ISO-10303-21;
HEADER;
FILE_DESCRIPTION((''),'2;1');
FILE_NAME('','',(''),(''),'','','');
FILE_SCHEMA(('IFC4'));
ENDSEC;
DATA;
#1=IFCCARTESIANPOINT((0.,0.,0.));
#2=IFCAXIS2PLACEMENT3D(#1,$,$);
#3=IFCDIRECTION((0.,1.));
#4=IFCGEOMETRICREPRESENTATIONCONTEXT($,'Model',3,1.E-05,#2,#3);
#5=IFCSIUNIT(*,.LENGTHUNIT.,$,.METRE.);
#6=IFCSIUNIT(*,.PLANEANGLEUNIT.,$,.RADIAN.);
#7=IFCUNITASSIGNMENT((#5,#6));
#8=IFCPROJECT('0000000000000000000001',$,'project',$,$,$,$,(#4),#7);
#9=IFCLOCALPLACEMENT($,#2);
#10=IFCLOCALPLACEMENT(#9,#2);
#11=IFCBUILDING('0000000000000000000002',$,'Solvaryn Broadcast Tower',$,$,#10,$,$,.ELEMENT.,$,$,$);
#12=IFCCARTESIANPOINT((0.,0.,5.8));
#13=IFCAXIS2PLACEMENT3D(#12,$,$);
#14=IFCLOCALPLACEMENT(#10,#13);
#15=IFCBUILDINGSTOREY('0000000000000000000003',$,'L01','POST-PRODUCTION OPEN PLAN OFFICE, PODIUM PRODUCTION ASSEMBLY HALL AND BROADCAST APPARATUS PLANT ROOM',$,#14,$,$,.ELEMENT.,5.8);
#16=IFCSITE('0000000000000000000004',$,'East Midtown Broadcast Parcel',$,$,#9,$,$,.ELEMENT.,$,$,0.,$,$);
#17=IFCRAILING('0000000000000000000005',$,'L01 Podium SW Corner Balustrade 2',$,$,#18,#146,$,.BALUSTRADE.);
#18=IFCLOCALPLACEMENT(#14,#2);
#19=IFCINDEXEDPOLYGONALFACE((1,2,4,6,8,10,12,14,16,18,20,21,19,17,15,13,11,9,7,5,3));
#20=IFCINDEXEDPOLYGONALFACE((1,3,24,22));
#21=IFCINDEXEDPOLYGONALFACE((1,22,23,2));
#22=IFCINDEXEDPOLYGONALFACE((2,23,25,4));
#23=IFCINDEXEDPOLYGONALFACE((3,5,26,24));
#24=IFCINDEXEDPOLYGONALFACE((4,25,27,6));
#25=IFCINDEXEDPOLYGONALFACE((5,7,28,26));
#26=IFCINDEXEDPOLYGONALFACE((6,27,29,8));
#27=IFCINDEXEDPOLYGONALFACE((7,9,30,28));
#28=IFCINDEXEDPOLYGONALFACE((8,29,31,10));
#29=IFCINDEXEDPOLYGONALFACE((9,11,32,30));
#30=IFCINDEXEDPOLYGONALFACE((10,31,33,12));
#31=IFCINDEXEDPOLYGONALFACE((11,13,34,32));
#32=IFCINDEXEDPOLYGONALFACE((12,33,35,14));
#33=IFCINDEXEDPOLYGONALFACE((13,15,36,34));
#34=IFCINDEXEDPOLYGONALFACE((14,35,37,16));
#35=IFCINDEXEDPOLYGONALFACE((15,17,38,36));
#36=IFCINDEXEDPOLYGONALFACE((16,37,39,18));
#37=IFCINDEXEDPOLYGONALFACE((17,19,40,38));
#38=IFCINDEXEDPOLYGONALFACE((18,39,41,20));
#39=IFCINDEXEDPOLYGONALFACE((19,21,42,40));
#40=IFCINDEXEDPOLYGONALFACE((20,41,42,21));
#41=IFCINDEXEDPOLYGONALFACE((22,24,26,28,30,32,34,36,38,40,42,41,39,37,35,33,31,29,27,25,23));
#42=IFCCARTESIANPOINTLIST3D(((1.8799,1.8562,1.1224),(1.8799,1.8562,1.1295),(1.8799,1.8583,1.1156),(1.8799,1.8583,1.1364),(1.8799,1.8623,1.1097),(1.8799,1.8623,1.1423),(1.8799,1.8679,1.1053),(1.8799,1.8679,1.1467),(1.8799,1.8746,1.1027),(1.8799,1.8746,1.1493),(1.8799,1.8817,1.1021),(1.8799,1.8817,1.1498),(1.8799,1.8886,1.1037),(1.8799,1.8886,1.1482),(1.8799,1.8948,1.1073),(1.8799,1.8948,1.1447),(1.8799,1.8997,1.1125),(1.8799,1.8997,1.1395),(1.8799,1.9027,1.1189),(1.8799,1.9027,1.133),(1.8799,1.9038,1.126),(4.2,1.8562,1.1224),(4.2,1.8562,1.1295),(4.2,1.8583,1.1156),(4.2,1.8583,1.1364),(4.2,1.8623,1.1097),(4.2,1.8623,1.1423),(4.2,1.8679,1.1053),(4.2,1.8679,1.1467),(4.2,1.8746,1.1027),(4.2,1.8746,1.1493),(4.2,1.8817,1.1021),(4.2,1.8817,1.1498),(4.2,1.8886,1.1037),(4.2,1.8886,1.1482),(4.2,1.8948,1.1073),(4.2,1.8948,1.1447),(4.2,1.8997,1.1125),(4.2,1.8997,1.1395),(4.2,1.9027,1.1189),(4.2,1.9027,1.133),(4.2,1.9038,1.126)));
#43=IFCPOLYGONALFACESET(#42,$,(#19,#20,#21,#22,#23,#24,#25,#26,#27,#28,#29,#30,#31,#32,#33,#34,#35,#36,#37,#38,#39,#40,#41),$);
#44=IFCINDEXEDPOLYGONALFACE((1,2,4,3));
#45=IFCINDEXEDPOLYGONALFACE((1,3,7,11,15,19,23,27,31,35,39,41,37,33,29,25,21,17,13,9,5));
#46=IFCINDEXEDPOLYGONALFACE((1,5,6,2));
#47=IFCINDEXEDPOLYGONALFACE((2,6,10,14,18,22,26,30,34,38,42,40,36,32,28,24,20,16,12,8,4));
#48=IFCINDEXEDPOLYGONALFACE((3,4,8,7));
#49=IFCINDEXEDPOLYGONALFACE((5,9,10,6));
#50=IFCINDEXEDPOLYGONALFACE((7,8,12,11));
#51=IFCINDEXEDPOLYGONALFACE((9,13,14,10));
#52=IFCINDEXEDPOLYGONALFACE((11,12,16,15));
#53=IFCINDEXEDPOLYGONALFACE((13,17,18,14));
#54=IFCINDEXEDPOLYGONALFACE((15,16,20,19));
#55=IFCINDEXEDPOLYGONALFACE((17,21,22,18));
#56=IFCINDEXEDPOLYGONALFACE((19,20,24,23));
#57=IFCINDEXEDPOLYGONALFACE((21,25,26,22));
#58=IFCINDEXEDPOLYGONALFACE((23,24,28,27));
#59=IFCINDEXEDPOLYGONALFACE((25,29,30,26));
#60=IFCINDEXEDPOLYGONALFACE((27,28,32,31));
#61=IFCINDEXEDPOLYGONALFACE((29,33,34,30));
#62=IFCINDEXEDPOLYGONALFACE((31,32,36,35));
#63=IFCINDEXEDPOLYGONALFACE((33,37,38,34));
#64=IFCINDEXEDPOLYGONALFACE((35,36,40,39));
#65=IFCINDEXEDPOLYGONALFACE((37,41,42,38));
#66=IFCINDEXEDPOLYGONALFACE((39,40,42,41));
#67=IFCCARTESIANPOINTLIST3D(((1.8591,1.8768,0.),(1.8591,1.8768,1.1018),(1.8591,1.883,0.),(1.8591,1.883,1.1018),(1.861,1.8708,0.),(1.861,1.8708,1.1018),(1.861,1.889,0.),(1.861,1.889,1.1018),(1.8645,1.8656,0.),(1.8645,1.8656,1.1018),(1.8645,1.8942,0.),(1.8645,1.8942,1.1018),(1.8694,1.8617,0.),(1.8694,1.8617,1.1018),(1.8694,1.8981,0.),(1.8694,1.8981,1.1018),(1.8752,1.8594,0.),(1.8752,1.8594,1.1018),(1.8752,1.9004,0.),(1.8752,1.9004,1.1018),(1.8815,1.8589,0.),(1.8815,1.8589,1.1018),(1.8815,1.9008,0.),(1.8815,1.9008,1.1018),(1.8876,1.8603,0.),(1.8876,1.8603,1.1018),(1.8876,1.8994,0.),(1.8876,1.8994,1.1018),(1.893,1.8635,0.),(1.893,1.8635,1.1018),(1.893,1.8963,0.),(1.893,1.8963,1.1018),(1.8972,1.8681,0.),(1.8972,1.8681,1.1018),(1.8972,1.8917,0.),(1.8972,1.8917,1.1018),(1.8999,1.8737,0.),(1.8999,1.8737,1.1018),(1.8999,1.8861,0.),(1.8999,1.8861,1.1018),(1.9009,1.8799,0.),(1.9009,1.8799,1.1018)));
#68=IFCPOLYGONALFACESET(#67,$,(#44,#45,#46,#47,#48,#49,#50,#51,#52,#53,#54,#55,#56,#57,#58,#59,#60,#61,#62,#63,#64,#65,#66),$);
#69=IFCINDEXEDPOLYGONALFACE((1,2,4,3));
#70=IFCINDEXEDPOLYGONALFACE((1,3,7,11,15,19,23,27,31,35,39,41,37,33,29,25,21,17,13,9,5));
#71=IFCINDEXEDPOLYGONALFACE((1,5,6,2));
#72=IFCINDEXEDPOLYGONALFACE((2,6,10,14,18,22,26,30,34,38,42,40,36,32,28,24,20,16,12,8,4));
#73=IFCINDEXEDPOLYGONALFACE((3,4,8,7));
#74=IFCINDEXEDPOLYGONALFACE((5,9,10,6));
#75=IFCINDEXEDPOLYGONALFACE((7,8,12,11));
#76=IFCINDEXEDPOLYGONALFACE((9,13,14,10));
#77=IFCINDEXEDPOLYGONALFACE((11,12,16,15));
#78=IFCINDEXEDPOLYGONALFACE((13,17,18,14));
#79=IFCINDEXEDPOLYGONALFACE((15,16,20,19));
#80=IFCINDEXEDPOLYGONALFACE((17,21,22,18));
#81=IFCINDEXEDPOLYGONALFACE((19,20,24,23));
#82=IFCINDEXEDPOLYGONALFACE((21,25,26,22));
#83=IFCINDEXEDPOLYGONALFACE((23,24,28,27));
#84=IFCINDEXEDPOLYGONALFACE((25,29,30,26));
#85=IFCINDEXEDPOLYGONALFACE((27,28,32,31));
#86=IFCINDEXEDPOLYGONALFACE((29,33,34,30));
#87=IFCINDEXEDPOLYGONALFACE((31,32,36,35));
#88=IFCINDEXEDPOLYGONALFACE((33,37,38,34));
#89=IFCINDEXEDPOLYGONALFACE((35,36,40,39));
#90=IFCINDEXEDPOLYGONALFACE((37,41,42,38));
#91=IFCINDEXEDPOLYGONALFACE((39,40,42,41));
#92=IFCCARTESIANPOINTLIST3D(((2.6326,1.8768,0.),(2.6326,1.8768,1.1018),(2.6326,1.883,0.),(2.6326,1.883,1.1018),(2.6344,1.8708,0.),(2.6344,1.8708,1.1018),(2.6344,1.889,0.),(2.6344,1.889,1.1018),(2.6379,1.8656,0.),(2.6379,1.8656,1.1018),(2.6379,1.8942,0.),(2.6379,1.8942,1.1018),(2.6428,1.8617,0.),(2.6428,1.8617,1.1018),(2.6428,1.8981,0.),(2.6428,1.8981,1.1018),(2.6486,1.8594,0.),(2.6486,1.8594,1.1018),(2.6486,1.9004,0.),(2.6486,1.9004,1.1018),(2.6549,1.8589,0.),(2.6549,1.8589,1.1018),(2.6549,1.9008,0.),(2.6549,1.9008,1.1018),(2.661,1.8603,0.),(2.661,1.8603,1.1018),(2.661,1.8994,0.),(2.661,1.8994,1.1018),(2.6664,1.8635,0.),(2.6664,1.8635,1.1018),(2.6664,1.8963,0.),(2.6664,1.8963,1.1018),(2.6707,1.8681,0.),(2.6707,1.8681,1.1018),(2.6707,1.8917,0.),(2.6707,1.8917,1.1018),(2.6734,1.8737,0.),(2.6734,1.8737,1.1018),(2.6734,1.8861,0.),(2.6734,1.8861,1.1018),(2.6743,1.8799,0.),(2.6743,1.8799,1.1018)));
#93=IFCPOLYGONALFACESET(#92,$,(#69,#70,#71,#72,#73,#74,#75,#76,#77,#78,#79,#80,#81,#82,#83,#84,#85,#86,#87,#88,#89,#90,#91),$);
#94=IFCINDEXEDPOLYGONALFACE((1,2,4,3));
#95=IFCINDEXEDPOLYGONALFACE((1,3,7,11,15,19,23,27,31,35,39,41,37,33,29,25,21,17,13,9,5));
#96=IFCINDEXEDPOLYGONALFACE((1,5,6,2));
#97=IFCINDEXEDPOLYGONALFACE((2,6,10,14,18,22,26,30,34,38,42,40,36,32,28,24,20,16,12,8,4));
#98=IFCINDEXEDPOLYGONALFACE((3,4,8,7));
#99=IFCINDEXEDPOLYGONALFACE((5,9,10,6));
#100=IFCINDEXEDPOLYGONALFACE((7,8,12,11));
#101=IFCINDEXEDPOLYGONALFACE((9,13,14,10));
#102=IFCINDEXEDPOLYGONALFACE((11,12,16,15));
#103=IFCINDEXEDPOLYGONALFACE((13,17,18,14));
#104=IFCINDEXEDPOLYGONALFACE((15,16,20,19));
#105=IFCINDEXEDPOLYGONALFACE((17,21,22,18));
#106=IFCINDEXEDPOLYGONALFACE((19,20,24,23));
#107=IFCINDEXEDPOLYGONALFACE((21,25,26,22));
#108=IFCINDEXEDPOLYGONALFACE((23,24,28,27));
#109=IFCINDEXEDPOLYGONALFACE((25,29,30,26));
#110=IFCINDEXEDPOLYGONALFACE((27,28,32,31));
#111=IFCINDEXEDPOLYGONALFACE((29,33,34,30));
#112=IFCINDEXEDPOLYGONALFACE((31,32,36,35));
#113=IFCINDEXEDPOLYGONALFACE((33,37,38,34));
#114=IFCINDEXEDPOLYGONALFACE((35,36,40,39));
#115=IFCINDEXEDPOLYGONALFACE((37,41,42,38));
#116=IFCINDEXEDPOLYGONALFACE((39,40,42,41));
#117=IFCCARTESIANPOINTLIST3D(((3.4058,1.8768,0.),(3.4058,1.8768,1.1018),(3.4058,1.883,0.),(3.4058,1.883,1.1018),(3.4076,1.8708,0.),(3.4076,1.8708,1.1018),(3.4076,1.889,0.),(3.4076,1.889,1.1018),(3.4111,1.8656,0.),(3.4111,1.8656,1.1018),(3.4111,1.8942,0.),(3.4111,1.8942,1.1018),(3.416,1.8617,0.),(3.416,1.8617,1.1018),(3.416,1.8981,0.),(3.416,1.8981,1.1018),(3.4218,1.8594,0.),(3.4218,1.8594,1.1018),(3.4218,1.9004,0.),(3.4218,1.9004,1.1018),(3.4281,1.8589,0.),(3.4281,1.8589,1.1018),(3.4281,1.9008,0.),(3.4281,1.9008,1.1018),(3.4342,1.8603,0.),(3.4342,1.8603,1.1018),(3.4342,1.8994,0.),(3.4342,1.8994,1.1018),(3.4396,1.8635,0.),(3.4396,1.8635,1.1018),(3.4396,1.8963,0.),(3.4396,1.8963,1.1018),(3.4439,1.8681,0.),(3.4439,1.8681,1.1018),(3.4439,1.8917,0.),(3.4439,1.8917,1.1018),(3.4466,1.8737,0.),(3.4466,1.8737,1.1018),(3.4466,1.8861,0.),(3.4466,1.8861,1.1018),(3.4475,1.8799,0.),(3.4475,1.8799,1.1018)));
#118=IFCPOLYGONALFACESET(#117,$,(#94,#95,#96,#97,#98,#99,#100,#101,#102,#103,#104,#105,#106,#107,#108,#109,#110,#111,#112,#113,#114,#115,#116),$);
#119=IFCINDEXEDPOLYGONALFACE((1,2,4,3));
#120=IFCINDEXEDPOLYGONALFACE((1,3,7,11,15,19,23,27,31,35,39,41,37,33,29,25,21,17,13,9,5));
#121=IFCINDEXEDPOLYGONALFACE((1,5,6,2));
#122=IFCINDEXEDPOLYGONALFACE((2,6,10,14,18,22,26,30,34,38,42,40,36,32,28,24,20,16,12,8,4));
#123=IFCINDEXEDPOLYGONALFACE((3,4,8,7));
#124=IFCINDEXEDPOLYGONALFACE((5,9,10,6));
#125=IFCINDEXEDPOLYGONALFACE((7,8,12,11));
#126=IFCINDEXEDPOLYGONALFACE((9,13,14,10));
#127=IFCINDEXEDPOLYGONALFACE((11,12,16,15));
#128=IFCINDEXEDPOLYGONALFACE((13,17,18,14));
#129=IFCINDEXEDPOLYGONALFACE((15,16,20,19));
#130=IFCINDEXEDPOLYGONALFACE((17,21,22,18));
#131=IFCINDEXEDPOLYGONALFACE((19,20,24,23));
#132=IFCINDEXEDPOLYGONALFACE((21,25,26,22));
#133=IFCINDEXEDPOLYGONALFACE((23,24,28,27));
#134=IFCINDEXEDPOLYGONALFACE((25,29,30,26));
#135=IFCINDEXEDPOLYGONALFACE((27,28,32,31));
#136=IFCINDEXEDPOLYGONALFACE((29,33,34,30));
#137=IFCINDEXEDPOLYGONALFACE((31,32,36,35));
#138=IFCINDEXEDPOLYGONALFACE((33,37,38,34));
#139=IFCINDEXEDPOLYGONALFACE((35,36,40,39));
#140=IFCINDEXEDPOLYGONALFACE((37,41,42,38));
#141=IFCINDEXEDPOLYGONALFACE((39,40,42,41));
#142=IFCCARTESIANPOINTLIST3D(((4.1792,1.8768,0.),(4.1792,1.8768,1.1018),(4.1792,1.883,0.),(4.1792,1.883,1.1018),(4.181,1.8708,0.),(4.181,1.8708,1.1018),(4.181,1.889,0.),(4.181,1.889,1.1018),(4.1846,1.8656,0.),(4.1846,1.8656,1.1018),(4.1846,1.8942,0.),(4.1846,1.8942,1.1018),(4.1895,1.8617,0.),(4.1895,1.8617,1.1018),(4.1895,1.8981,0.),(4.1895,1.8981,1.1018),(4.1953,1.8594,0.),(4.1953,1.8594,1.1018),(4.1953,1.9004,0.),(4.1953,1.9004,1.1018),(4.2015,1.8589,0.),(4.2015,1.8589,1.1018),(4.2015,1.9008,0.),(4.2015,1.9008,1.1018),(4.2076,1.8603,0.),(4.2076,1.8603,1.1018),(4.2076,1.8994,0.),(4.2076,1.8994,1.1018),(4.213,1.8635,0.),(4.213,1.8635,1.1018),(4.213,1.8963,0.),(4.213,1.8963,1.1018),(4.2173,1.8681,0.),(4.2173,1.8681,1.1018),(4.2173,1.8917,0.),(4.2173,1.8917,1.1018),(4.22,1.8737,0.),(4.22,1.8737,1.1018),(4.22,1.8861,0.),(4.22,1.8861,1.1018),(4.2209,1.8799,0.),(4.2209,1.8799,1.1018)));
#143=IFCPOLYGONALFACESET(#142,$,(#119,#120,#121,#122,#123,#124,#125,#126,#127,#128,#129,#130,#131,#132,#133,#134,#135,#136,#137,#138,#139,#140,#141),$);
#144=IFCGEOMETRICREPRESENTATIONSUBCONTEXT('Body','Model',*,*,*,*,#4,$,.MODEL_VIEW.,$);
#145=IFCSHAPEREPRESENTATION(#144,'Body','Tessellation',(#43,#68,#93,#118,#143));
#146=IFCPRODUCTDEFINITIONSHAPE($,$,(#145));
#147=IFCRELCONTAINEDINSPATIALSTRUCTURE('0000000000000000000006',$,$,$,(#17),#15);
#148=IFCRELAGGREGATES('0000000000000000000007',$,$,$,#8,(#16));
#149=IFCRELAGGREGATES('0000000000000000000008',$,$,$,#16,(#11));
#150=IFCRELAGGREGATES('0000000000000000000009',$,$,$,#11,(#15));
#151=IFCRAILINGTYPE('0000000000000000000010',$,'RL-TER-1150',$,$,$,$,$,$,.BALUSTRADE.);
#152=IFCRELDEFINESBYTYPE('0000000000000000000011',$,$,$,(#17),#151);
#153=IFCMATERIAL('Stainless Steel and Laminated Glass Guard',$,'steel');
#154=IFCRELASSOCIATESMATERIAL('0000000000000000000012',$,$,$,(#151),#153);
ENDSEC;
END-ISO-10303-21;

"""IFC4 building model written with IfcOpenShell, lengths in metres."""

from ifc_helpers import new_model, si_unit, direction, frame, origin, origin_2d, place, context, subcontext, project, spatial, circle, extrude, material, type_object, element, save


model = new_model("IFC4")

# Units and contexts
model_context = context("Model", 3, precision=1e-05, world=origin(), true_north=direction((0.0, 1.0)))
body_context = subcontext(model_context, "Body", "Model", "MODEL_VIEW")
ifc_project = project(units=[si_unit("LENGTHUNIT", "METRE"), si_unit("PLANEANGLEUNIT", "RADIAN")], contexts=[model_context])

# Site, building, storey
site_placement = place(None, origin())
site = spatial("IfcSite", under=ifc_project, at=site_placement, Name="East Midtown Broadcast Parcel", CompositionType="ELEMENT", RefElevation=0.0)
building_placement = place(site_placement, origin())
building = spatial("IfcBuilding", under=site, at=building_placement, Name="Solvaryn Broadcast Tower", CompositionType="ELEMENT")
storey_placement = place(building_placement, frame((0.0, 0.0, 5.8)))
storey = spatial("IfcBuildingStorey", under=building, at=storey_placement, Name="L01", Description="POST-PRODUCTION OPEN PLAN OFFICE, PODIUM PRODUCTION ASSEMBLY HALL AND BROADCAST APPARATUS PLANT ROOM", CompositionType="ELEMENT", Elevation=5.8)

# Railing
ifc_material_1 = material(Name="Stainless Steel and Laminated Glass Guard", Category="steel")
railing_type = type_object("IfcRailingType", Name="RL-TER-1150", PredefinedType="BALUSTRADE", material=ifc_material_1)
railing_1_placement = place(storey_placement, frame((1.8799, 1.8799, 0.0)))
element("IfcRailing", 1, at=railing_1_placement, inside=storey, type_object=railing_type, Name="L01 Podium SW Corner Balustrade 2", PredefinedType="BALUSTRADE", context=body_context, shape_type="SweptSolid", body=[
    extrude(circle(Radius=0.0239, at=origin_2d()), frame((0.0, 0.0, 1.126), z_axis=(1.0, 0.0, 0.0), x_axis=(0.0, 1.0, 0.0)), (0.0, 0.0, 1.0), 2.3201),
    extrude(circle(Radius=0.021, at=origin_2d()), origin(), (0.0, 0.0, 1.0), 1.1018),
    extrude(circle(Radius=0.021, at=origin_2d()), frame((0.7734, 0.0, 0.0)), (0.0, 0.0, 1.0), 1.1018),
    extrude(circle(Radius=0.021, at=origin_2d()), frame((1.5466, 0.0, 0.0)), (0.0, 0.0, 1.0), 1.1018),
    extrude(circle(Radius=0.021, at=origin_2d()), frame((2.3201, 0.0, 0.0)), (0.0, 0.0, 1.0), 1.1018),
])

save(model, "model.ifc")
